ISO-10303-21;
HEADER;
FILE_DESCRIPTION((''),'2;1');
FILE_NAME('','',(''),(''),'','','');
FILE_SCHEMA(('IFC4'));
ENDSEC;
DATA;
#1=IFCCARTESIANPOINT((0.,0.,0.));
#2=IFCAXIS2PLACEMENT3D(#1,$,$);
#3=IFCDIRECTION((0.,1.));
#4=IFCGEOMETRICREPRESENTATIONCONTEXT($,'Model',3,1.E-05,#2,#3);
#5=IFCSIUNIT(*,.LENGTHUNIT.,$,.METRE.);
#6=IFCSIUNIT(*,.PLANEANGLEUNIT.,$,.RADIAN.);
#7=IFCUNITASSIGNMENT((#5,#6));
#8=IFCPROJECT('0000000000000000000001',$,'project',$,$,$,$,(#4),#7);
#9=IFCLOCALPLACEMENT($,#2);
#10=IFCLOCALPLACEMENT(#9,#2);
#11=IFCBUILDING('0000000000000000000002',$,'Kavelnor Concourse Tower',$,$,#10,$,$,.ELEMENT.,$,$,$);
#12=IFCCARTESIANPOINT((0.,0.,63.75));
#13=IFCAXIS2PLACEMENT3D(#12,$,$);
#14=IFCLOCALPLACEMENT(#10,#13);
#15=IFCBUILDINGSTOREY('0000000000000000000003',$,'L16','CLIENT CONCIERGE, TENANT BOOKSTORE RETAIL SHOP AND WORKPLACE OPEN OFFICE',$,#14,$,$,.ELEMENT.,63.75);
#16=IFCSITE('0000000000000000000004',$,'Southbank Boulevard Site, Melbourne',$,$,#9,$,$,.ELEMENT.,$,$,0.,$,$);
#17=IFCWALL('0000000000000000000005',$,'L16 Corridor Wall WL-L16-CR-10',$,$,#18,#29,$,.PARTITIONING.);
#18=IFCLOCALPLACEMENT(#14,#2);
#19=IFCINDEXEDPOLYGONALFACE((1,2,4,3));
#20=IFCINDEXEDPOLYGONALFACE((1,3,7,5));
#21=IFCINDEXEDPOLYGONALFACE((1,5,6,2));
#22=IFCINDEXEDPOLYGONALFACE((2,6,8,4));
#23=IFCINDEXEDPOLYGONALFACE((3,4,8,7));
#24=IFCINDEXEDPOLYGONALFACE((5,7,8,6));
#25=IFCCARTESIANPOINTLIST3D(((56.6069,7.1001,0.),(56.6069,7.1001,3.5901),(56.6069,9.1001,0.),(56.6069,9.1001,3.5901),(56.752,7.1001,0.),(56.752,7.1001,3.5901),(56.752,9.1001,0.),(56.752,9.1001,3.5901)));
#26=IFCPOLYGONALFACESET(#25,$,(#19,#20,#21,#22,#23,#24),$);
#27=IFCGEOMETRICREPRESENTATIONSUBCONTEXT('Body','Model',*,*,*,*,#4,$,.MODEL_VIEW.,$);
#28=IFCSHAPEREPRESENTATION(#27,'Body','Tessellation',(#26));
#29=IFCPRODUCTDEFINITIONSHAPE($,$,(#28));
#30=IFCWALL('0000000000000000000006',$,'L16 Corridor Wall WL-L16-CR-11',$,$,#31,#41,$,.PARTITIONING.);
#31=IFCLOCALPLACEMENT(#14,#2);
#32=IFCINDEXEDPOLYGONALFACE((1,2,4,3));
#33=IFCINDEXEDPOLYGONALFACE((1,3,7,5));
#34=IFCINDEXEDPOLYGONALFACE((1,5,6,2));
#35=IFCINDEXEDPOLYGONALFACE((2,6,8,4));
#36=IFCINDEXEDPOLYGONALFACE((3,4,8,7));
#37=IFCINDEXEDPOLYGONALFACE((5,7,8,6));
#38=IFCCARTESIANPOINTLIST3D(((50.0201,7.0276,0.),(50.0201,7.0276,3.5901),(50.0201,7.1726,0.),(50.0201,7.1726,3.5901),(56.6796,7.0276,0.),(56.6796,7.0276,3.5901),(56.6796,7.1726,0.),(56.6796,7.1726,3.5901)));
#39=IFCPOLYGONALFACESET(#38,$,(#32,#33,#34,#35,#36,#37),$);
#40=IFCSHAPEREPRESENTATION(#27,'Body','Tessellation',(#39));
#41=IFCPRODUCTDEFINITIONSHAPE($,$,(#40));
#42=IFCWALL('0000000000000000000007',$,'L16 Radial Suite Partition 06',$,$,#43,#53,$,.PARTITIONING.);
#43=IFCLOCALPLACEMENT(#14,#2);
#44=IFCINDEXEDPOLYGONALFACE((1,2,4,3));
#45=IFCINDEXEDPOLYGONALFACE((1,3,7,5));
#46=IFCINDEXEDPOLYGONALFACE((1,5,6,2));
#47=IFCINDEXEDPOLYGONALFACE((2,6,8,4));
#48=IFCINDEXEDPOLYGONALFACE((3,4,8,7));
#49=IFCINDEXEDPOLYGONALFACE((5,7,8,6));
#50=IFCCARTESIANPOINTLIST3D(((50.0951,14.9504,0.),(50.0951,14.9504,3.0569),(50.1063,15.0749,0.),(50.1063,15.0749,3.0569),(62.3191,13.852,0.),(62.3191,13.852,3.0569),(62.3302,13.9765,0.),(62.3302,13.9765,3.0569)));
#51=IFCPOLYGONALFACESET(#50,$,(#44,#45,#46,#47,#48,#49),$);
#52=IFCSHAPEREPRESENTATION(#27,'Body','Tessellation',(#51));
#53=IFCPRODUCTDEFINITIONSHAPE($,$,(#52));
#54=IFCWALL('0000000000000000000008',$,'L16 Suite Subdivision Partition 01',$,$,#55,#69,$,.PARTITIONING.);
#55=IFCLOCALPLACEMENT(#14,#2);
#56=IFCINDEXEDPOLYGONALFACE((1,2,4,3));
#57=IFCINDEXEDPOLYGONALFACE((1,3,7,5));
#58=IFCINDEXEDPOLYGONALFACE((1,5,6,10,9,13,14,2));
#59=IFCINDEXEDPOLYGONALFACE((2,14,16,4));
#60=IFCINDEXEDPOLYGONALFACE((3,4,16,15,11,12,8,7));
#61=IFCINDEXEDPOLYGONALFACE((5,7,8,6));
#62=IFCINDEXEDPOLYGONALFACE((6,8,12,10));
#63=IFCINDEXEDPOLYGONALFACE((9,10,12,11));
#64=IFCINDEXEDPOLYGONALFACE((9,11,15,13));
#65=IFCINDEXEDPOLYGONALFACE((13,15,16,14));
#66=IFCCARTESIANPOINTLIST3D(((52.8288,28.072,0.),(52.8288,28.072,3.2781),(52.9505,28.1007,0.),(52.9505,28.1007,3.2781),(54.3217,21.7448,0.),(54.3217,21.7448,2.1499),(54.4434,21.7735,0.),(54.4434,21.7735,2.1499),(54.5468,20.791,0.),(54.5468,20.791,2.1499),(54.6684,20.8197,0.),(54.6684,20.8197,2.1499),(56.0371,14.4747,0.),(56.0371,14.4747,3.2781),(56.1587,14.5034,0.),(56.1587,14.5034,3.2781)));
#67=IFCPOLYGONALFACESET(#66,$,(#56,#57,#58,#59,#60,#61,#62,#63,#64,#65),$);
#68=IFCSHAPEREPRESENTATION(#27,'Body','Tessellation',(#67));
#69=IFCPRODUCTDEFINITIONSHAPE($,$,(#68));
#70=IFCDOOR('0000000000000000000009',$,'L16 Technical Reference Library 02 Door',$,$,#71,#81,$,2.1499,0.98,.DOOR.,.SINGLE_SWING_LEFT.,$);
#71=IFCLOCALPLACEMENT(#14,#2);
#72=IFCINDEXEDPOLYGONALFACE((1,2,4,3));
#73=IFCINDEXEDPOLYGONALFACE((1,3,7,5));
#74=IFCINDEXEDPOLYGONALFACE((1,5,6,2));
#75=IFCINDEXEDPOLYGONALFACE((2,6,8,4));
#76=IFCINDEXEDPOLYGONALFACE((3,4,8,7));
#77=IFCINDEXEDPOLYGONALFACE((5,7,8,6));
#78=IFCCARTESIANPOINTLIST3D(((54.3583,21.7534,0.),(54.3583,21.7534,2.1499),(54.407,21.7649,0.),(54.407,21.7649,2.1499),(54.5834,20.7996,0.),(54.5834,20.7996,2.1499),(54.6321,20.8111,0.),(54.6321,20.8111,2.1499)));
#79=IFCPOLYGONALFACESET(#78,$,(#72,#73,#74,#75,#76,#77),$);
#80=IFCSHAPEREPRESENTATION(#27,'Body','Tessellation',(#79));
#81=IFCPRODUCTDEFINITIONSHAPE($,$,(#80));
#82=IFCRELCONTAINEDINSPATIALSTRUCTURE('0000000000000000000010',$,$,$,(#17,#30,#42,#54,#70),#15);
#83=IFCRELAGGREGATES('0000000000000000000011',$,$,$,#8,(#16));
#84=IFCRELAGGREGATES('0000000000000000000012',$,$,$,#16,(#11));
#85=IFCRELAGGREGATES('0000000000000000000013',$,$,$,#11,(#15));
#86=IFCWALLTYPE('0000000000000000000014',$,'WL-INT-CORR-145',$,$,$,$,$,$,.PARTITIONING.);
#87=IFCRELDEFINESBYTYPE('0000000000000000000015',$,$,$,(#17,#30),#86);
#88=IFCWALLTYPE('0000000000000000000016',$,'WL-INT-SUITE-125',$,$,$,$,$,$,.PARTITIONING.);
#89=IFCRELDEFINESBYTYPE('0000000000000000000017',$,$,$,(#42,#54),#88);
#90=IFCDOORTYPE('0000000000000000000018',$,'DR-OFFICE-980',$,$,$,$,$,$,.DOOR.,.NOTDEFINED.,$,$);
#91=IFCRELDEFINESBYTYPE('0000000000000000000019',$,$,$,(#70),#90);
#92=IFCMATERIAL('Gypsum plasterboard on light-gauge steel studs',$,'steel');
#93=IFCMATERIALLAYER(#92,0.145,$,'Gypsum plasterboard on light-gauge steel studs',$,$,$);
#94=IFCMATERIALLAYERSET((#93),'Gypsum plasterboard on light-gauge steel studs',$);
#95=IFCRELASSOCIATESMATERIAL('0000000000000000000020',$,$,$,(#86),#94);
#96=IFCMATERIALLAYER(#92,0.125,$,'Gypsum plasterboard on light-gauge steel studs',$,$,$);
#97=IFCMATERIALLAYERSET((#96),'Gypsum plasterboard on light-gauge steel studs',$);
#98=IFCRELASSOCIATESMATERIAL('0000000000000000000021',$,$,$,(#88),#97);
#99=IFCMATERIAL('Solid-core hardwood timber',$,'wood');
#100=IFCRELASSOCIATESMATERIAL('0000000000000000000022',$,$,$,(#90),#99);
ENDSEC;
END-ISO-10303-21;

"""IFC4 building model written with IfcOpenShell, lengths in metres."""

from ifc_helpers import new_model, si_unit, direction, frame, frame_2d, origin, place, context, subcontext, project, spatial, rectangle, extrude, material, layer, layer_set, type_object, element, fill, save


model = new_model("IFC4")

# Units and contexts
model_context = context("Model", 3, precision=1e-05, world=origin(), true_north=direction((0.0, 1.0)))
body_context = subcontext(model_context, "Body", "Model", "MODEL_VIEW")
ifc_project = project(units=[si_unit("LENGTHUNIT", "METRE"), si_unit("PLANEANGLEUNIT", "RADIAN")], contexts=[model_context])

# Site, building, storey
site_placement = place(None, origin())
site = spatial("IfcSite", under=ifc_project, at=site_placement, Name="Southbank Boulevard Site, Melbourne", CompositionType="ELEMENT", RefElevation=0.0)
building_placement = place(site_placement, origin())
building = spatial("IfcBuilding", under=site, at=building_placement, Name="Kavelnor Concourse Tower", CompositionType="ELEMENT")
storey_placement = place(building_placement, frame((0.0, 0.0, 63.75)))
storey = spatial("IfcBuildingStorey", under=building, at=storey_placement, Name="L16", Description="CLIENT CONCIERGE, TENANT BOOKSTORE RETAIL SHOP AND WORKPLACE OPEN OFFICE", CompositionType="ELEMENT", Elevation=63.75)

# Walls
ifc_material_1 = material(Name="Gypsum plasterboard on light-gauge steel studs", Category="steel")
ifc_layer_1 = layer(ifc_material_1, 0.145, Name="Gypsum plasterboard on light-gauge steel studs")
ifc_layer_set_1 = layer_set([ifc_layer_1], Name="Gypsum plasterboard on light-gauge steel studs")
wall_type_1 = type_object("IfcWallType", Name="WL-INT-CORR-145", PredefinedType="PARTITIONING", material=ifc_layer_set_1)
wall_1_placement = place(storey_placement, frame((56.6794, 9.1001, 0.0), z_axis=(0.0, 0.0, 1.0), x_axis=(0.0, -1.0, 0.0)))
element("IfcWall", 1, at=wall_1_placement, inside=storey, type_object=wall_type_1, Name="L16 Corridor Wall WL-L16-CR-10", PredefinedType="PARTITIONING", context=body_context, shape_type="SweptSolid", body=[
    extrude(rectangle(XDim=2.0, YDim=0.145, at=frame_2d((1.0, 0.0))), origin(), (0.0, 0.0, 1.0), 3.5901),
])
wall_2_placement = place(storey_placement, frame((56.6794, 7.1001, 0.0), z_axis=(0.0, 0.0, 1.0), x_axis=(-1.0, 0.0, 0.0)))
element("IfcWall", 2, at=wall_2_placement, inside=storey, type_object=wall_type_1, Name="L16 Corridor Wall WL-L16-CR-11", PredefinedType="PARTITIONING", context=body_context, shape_type="SweptSolid", body=[
    extrude(rectangle(XDim=6.6594, YDim=0.145, at=frame_2d((3.3296, 0.0))), origin(), (0.0, 0.0, 1.0), 3.5901),
])
ifc_layer_2 = layer(ifc_material_1, 0.125, Name="Gypsum plasterboard on light-gauge steel studs")
ifc_layer_set_2 = layer_set([ifc_layer_2], Name="Gypsum plasterboard on light-gauge steel studs")
wall_type_2 = type_object("IfcWallType", Name="WL-INT-SUITE-125", PredefinedType="PARTITIONING", material=ifc_layer_set_2)
wall_3_placement = place(storey_placement, frame((50.1006, 15.0127, 0.0), z_axis=(0.0, 0.0, 1.0), x_axis=(0.995987, -0.089495, 0.0)))
element("IfcWall", 3, at=wall_3_placement, inside=storey, type_object=wall_type_2, Name="L16 Radial Suite Partition 06", PredefinedType="PARTITIONING", context=body_context, shape_type="SweptSolid", body=[
    extrude(rectangle(XDim=12.2732, YDim=0.125, at=frame_2d((6.1367, 0.0))), origin(), (0.0, 0.0, 1.0), 3.0569),
])

# Wall, opening, door
wall_4_placement = place(storey_placement, frame((56.0979, 14.489, 0.0), z_axis=(0.0, 0.0, 1.0), x_axis=(-0.22964, 0.973276, 0.0)))
wall_4 = element("IfcWall", 4, at=wall_4_placement, inside=storey, type_object=wall_type_2, Name="L16 Suite Subdivision Partition 01", PredefinedType="PARTITIONING", context=body_context, shape_type="SweptSolid", body=[
    extrude(rectangle(XDim=13.9707, YDim=0.125, at=frame_2d((6.9854, 0.0))), origin(), (0.0, 0.0, 1.0), 3.2781),
])
opening_1_placement = place(wall_4_placement, frame((6.4897, 0.0, 0.0)))
opening_1 = element("IfcOpeningElement", 5, at=opening_1_placement, cuts=wall_4, PredefinedType="OPENING", context=body_context, shape_type="SweptSolid", body=[
    extrude(rectangle(XDim=0.98, YDim=2.1499, at=frame_2d((0.49, 1.075))), frame((0.0, 0.0725, 0.0), z_axis=(0.0, -1.0, 0.0), x_axis=(1.0, 0.0, 0.0)), (0.0, 0.0, 1.0), 0.145),
])
ifc_material_2 = material(Name="Solid-core hardwood timber", Category="wood")
door_type_1 = type_object("IfcDoorType", Name="DR-OFFICE-980", OperationType="NOTDEFINED", PredefinedType="DOOR", material=ifc_material_2)
door_1_placement = place(opening_1_placement, origin())
door_1 = element("IfcDoor", 6, at=door_1_placement, inside=storey, type_object=door_type_1, Name="L16 Technical Reference Library 02 Door", OperationType="SINGLE_SWING_LEFT", OverallHeight=2.1499, OverallWidth=0.98, PredefinedType="DOOR", context=body_context, shape_type="SweptSolid", body=[
    extrude(rectangle(XDim=0.98, YDim=2.1499, at=frame_2d((0.49, 1.075))), frame((0.0, 0.0249, 0.0), z_axis=(0.0, -1.0, 0.0), x_axis=(1.0, 0.0, 0.0)), (0.0, 0.0, 1.0), 0.05),
])
fill(opening_1, door_1)

save(model, "model.ifc")
